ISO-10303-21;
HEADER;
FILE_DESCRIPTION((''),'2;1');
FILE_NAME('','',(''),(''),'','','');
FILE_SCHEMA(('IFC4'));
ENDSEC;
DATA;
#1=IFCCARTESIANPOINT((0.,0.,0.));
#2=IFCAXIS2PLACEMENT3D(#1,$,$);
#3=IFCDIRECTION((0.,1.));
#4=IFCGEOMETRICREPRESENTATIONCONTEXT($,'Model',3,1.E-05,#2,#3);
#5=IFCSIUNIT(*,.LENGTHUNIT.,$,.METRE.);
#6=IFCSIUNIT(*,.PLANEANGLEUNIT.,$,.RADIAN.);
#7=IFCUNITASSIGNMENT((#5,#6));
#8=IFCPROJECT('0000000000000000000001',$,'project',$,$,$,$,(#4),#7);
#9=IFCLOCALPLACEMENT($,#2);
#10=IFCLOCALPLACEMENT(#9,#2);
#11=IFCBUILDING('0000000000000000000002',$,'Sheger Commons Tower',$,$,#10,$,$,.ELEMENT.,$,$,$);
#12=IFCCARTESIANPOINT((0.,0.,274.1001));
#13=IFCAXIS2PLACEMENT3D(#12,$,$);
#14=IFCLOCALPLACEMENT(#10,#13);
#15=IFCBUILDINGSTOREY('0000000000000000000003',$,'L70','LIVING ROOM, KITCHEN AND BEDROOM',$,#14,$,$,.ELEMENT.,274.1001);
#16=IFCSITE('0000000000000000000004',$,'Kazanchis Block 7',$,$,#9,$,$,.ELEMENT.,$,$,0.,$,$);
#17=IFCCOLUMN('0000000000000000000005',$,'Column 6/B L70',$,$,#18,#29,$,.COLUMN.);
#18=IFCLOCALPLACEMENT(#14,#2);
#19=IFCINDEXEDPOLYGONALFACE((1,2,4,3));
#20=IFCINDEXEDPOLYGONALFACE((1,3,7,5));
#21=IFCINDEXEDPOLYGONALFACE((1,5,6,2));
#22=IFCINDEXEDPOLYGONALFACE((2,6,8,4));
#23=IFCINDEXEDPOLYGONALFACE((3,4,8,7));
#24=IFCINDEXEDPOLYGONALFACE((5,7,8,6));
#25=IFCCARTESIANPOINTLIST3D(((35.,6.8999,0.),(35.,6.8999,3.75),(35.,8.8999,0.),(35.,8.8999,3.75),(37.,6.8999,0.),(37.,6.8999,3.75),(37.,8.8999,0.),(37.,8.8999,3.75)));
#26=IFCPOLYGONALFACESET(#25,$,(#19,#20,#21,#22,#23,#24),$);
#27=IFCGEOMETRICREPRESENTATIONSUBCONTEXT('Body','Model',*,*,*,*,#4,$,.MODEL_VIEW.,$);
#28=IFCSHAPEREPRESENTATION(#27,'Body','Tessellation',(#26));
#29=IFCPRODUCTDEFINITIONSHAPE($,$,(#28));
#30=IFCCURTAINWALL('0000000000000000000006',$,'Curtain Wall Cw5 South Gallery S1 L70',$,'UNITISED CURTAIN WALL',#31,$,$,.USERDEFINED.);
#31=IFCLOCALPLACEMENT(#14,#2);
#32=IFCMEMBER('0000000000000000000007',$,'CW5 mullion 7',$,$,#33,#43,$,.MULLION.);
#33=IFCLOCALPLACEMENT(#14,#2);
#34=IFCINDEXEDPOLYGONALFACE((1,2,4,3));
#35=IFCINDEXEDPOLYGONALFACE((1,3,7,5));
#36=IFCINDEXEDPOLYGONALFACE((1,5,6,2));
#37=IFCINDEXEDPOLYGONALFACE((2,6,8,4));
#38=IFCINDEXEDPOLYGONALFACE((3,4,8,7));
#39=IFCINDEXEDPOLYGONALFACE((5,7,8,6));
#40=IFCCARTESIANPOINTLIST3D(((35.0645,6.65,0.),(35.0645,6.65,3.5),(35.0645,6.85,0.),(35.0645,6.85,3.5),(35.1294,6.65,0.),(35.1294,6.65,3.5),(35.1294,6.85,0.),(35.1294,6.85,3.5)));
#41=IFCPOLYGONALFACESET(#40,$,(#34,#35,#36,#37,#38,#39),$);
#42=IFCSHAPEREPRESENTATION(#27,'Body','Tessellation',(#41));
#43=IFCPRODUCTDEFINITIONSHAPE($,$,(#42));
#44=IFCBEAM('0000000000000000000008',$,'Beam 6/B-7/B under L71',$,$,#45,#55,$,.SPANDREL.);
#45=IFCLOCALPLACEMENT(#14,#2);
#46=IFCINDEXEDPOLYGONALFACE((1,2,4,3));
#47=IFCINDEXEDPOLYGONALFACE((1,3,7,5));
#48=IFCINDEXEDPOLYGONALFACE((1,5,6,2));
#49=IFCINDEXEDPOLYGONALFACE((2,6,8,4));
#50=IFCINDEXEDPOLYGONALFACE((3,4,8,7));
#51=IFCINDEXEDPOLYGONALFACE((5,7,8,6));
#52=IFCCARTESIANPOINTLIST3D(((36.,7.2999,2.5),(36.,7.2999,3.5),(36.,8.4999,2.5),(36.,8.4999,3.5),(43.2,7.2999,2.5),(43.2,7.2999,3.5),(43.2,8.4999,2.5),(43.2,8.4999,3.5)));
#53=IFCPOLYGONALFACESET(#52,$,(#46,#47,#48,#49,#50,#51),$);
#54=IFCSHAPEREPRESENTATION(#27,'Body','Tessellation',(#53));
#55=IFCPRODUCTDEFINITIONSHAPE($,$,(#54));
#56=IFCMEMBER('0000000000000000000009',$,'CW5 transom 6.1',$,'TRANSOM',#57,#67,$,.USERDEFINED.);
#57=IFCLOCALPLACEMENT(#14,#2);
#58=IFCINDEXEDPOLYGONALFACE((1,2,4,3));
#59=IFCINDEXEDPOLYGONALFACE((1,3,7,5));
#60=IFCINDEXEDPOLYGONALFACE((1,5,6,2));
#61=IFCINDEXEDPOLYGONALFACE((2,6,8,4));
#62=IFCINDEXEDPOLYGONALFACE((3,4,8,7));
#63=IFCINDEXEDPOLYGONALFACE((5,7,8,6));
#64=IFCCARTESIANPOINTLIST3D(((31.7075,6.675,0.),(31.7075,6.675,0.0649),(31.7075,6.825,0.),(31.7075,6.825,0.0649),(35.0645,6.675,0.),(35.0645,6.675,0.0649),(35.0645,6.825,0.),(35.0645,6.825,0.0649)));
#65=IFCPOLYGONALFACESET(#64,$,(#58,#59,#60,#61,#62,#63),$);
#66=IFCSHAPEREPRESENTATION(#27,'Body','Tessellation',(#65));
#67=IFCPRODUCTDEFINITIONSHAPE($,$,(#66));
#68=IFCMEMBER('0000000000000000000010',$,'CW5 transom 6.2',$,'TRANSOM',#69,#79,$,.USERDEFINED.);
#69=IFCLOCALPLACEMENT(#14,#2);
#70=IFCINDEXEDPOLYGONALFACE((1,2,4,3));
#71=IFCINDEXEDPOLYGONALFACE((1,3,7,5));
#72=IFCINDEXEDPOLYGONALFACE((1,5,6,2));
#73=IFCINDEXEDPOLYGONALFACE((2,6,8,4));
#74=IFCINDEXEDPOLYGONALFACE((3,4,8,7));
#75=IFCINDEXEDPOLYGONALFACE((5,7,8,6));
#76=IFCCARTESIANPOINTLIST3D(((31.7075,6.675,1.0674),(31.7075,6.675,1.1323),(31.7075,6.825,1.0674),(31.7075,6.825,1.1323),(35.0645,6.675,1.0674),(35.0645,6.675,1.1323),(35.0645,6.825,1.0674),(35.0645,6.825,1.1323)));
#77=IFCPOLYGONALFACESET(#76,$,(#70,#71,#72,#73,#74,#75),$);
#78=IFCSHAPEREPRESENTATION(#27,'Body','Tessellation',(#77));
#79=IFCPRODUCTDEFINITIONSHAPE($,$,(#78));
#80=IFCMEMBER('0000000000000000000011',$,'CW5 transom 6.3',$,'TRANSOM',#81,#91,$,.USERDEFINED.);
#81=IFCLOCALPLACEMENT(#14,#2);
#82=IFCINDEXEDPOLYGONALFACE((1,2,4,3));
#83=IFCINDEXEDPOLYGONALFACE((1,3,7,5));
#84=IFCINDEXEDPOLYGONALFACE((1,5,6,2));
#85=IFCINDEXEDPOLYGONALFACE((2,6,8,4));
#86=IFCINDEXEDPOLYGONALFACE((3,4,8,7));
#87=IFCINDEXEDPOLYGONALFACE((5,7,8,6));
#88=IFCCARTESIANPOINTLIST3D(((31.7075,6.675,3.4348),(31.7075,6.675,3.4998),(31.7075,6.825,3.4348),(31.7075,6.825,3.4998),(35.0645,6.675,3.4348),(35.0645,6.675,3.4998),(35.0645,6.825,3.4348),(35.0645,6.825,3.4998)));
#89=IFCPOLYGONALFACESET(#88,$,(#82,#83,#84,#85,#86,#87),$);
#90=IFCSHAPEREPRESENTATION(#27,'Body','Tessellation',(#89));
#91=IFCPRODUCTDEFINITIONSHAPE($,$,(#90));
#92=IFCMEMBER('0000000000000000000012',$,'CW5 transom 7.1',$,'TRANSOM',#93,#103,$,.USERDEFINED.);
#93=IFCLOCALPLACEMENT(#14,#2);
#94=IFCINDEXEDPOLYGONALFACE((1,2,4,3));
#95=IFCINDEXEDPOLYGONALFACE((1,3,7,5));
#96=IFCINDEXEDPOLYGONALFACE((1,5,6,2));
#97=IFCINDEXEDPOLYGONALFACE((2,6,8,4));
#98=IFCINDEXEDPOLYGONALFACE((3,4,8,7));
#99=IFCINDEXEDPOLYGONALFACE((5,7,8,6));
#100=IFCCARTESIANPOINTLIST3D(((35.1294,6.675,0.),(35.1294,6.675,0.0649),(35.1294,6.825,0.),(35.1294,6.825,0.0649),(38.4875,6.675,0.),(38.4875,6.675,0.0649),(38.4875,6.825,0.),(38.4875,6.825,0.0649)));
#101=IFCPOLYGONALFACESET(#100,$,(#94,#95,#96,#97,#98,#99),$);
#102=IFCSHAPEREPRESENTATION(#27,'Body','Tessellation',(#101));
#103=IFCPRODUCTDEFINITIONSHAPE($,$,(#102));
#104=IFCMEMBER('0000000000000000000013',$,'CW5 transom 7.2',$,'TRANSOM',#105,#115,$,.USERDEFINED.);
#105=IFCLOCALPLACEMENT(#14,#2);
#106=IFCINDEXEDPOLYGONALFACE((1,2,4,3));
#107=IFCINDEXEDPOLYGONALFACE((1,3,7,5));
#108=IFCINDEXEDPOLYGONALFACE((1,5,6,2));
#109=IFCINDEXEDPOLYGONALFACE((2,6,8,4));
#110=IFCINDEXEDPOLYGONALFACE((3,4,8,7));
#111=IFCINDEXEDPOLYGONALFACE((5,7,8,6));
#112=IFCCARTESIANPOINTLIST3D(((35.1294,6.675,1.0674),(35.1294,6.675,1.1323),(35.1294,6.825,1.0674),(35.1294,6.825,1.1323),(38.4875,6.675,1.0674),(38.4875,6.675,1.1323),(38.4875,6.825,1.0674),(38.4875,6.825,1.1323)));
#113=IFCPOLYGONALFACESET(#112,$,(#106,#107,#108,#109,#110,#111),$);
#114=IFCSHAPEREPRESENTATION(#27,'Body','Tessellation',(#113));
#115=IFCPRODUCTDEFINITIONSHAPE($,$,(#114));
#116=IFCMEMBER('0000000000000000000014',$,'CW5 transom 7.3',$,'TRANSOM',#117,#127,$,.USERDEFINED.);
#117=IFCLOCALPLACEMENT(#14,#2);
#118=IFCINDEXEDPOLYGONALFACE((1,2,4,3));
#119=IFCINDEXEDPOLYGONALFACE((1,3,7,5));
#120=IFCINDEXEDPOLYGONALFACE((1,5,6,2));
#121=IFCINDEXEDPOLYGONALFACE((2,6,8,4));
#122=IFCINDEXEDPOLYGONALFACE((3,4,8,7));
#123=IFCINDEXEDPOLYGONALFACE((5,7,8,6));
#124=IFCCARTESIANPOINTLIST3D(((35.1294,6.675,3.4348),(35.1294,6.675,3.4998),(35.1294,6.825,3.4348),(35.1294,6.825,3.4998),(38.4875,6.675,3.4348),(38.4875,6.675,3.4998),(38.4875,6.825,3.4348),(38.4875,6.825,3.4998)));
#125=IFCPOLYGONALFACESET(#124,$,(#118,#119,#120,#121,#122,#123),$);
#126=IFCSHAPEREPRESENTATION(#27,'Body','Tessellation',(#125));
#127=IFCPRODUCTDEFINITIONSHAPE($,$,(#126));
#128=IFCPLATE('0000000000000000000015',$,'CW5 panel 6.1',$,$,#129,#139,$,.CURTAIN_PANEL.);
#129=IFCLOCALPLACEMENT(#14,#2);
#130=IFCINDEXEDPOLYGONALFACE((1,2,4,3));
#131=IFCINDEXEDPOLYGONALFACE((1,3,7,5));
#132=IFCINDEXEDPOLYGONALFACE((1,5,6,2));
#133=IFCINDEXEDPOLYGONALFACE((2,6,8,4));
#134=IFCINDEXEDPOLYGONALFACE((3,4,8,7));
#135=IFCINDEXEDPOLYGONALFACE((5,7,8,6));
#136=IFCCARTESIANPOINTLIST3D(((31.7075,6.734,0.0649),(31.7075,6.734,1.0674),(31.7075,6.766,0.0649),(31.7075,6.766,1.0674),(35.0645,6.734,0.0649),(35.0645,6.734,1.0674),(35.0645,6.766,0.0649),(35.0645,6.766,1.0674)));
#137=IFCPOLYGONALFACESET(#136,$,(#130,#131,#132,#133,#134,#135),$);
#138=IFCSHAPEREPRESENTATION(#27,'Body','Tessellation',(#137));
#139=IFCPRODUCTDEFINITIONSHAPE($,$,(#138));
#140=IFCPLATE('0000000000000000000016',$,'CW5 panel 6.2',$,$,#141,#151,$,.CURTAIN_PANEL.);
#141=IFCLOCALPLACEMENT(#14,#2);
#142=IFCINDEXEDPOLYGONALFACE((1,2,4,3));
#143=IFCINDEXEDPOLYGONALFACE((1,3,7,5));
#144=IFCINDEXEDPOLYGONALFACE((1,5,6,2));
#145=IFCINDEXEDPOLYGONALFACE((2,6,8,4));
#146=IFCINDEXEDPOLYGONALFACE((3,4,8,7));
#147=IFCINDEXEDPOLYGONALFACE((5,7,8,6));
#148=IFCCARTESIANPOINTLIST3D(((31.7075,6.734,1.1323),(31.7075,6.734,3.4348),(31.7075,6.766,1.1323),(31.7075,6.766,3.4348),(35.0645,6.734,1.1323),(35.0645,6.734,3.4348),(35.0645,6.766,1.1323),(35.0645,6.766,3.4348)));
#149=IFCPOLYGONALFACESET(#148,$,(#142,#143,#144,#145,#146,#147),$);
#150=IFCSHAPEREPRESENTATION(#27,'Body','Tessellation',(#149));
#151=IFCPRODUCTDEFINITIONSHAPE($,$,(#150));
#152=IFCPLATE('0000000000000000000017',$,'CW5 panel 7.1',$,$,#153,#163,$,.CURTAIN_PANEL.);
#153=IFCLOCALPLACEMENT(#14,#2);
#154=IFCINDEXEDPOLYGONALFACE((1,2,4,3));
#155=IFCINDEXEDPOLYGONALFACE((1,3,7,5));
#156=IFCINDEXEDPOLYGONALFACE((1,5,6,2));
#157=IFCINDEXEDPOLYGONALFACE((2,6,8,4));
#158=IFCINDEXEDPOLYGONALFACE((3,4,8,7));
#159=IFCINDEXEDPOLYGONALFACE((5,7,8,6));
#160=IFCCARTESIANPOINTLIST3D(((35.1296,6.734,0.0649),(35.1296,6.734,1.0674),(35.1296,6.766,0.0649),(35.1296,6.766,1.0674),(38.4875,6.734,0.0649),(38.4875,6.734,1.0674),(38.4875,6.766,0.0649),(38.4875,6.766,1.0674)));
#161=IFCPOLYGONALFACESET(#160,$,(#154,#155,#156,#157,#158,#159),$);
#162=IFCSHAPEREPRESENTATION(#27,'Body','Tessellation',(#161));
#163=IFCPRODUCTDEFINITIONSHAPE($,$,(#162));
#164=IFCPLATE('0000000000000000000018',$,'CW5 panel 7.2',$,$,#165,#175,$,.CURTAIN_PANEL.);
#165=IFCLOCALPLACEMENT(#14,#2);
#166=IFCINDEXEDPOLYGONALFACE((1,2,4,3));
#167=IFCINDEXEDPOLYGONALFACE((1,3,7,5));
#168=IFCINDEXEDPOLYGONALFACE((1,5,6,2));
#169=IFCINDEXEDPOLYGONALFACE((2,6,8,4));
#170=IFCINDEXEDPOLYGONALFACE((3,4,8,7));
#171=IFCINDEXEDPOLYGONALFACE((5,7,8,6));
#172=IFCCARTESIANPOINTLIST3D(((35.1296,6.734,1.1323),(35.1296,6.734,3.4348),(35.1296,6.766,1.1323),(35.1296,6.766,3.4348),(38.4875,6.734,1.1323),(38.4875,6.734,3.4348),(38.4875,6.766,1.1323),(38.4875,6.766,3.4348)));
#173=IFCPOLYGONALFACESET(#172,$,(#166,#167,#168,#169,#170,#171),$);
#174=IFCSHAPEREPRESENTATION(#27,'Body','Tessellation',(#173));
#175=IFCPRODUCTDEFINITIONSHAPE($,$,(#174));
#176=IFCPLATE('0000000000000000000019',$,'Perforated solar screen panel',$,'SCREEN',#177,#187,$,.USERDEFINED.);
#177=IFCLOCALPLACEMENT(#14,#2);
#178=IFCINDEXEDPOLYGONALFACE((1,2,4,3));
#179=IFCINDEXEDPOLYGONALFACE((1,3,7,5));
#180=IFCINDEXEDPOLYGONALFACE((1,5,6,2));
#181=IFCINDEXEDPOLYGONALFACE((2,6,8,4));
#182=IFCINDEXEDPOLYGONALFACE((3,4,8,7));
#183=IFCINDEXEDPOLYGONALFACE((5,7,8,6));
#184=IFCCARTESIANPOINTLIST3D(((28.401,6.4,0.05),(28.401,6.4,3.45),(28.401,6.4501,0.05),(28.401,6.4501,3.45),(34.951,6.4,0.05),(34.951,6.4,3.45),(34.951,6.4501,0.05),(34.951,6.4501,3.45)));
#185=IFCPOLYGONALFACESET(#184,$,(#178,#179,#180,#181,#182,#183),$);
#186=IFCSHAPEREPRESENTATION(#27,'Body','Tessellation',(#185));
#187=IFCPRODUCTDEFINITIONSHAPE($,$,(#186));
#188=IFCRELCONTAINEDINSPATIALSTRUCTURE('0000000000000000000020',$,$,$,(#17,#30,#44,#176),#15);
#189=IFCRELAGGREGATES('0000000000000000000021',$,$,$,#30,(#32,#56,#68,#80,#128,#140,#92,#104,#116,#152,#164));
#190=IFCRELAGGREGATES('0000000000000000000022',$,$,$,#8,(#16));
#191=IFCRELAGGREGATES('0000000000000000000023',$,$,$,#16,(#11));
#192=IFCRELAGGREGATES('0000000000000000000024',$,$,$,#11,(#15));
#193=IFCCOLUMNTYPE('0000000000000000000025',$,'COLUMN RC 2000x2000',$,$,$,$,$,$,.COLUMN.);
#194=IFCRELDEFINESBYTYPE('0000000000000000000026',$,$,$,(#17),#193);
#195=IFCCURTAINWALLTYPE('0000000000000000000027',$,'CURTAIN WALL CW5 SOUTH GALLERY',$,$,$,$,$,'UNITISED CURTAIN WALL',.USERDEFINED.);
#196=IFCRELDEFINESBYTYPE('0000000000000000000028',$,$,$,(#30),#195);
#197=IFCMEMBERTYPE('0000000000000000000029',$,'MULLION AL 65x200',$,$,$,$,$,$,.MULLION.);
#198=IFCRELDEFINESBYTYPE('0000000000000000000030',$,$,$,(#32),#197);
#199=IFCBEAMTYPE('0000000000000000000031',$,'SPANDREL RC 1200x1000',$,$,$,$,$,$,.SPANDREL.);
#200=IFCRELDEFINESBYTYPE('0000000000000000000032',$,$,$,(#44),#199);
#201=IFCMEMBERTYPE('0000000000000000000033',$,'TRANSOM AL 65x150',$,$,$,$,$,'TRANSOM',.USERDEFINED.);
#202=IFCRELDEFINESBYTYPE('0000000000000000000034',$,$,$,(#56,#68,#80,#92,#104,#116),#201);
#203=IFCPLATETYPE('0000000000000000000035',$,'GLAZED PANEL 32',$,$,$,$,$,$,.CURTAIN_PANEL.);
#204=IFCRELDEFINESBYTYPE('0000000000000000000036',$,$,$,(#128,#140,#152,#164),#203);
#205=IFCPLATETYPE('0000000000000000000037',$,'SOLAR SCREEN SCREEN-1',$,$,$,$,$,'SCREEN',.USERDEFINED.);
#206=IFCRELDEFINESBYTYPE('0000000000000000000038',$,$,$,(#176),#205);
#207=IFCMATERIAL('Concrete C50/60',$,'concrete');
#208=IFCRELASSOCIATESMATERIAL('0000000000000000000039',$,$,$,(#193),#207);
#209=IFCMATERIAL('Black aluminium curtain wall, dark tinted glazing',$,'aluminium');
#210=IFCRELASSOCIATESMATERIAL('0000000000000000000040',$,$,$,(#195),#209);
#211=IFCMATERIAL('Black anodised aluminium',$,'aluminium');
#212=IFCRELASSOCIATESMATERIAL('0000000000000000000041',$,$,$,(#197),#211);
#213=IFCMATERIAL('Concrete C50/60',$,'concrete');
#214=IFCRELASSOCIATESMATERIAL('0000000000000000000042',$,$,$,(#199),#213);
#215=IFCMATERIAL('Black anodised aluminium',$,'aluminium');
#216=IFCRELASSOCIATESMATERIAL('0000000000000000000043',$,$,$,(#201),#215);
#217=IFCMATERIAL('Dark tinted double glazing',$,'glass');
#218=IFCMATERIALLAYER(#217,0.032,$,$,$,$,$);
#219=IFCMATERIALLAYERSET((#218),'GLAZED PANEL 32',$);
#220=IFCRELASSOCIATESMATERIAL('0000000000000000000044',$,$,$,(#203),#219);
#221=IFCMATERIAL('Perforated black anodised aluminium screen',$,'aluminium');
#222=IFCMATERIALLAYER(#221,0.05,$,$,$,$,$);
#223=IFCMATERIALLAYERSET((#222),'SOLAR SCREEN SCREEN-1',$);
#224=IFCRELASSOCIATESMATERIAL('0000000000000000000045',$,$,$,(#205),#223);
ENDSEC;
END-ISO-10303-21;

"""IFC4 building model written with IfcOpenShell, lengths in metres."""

from ifc_helpers import new_model, si_unit, direction, frame, origin, origin_2d, place, context, subcontext, project, spatial, rectangle, extrude, material, layer, layer_set, material_profile, profile_set, type_object, element, aggregate, save


model = new_model("IFC4")

# Units and contexts
model_context = context("Model", 3, precision=1e-05, world=origin(), true_north=direction((0.0, 1.0)))
body_context = subcontext(model_context, "Body", "Model", "MODEL_VIEW")
ifc_project = project(units=[si_unit("LENGTHUNIT", "METRE"), si_unit("PLANEANGLEUNIT", "RADIAN")], contexts=[model_context])

# Site, building, storey
site_placement = place(None, origin())
site = spatial("IfcSite", under=ifc_project, at=site_placement, Name="Kazanchis Block 7", CompositionType="ELEMENT", RefElevation=0.0)
building_placement = place(site_placement, origin())
building = spatial("IfcBuilding", under=site, at=building_placement, Name="Sheger Commons Tower", CompositionType="ELEMENT")
storey_placement = place(building_placement, frame((0.0, 0.0, 274.1001)))
storey = spatial("IfcBuildingStorey", under=building, at=storey_placement, Name="L70", Description="LIVING ROOM, KITCHEN AND BEDROOM", CompositionType="ELEMENT", Elevation=274.1001)

# Column
ifc_material_1 = material(Name="Concrete C50/60", Category="concrete")
ifc_material_profile_1 = material_profile(ifc_material_1, rectangle(XDim=2.0, YDim=2.0, at=origin_2d()), Name="RC 2000x2000")
ifc_profile_set_1 = profile_set([ifc_material_profile_1], Name="Concrete C50/60")
column_type = type_object("IfcColumnType", Name="COLUMN RC 2000x2000", PredefinedType="COLUMN", material=ifc_profile_set_1)
column_placement = place(storey_placement, frame((36.0, 7.8999, 0.0), z_axis=(0.0, 0.0, 1.0), x_axis=(1.0, 0.0, 0.0)))
element("IfcColumn", 1, at=column_placement, inside=storey, type_object=column_type, Name="Column 6/B L70", PredefinedType="COLUMN", context=body_context, shape_type="SweptSolid", body=[
    extrude(rectangle(XDim=2.0, YDim=2.0, at=origin_2d()), origin(), (0.0, 0.0, 1.0), 3.75),
])

# Curtain wall, member
ifc_material_2 = material(Name="Black aluminium curtain wall, dark tinted glazing", Category="aluminium")
curtain_wall_type = type_object("IfcCurtainWallType", Name="CURTAIN WALL CW5 SOUTH GALLERY", ElementType="UNITISED CURTAIN WALL", PredefinedType="USERDEFINED", material=ifc_material_2)
curtain_wall_placement = place(storey_placement, origin())
curtain_wall = element("IfcCurtainWall", 2, at=curtain_wall_placement, inside=storey, type_object=curtain_wall_type, Name="Curtain Wall Cw5 South Gallery S1 L70", ObjectType="UNITISED CURTAIN WALL", PredefinedType="USERDEFINED")
ifc_material_3 = material(Name="Black anodised aluminium", Category="aluminium")
ifc_material_profile_2 = material_profile(ifc_material_3, rectangle(XDim=0.2, YDim=0.0649, at=origin_2d()), Name="AL 65x200")
ifc_profile_set_2 = profile_set([ifc_material_profile_2], Name="Black anodised aluminium")
member_type_1 = type_object("IfcMemberType", Name="MULLION AL 65x200", PredefinedType="MULLION", material=ifc_profile_set_2)
member_1_placement = place(storey_placement, frame((35.0969, 6.75, 0.0), z_axis=(0.0, 0.0, 1.0), x_axis=(0.0, 1.0, 0.0)))
member_1 = element("IfcMember", 3, at=member_1_placement, type_object=member_type_1, Name="CW5 mullion 7", PredefinedType="MULLION", context=body_context, shape_type="SweptSolid", body=[
    extrude(rectangle(XDim=0.2, YDim=0.0649, at=origin_2d()), origin(), (0.0, 0.0, 1.0), 3.5),
])

# Beam
ifc_material_4 = material(Name="Concrete C50/60", Category="concrete")
ifc_material_profile_3 = material_profile(ifc_material_4, rectangle(XDim=1.2, YDim=1.0, at=origin_2d()), Name="RC 1200x1000")
ifc_profile_set_3 = profile_set([ifc_material_profile_3], Name="Concrete C50/60")
beam_type = type_object("IfcBeamType", Name="SPANDREL RC 1200x1000", PredefinedType="SPANDREL", material=ifc_profile_set_3)
beam_placement = place(storey_placement, frame((36.0, 7.8999, 3.0), z_axis=(1.0, 0.0, 0.0), x_axis=(0.0, 1.0, 0.0)))
element("IfcBeam", 4, at=beam_placement, inside=storey, type_object=beam_type, Name="Beam 6/B-7/B under L71", PredefinedType="SPANDREL", context=body_context, shape_type="SweptSolid", body=[
    extrude(rectangle(XDim=1.2, YDim=1.0, at=origin_2d()), origin(), (0.0, 0.0, 1.0), 7.2),
])

# Members
ifc_material_5 = material(Name="Black anodised aluminium", Category="aluminium")
ifc_material_profile_4 = material_profile(ifc_material_5, rectangle(XDim=0.1499, YDim=0.0649, at=origin_2d()), Name="AL 65x150")
ifc_profile_set_4 = profile_set([ifc_material_profile_4], Name="Black anodised aluminium")
member_type_2 = type_object("IfcMemberType", Name="TRANSOM AL 65x150", ElementType="TRANSOM", PredefinedType="USERDEFINED", material=ifc_profile_set_4)
member_2_placement = place(storey_placement, frame((31.7075, 6.75, 0.0325), z_axis=(1.0, 0.0, 0.0), x_axis=(0.0, 1.0, 0.0)))
member_2 = element("IfcMember", 5, at=member_2_placement, type_object=member_type_2, Name="CW5 transom 6.1", ObjectType="TRANSOM", PredefinedType="USERDEFINED", context=body_context, shape_type="SweptSolid", body=[
    extrude(rectangle(XDim=0.1499, YDim=0.0649, at=origin_2d()), origin(), (0.0, 0.0, 1.0), 3.3569),
])
member_3_placement = place(storey_placement, frame((31.7075, 6.75, 1.0999), z_axis=(1.0, 0.0, 0.0), x_axis=(0.0, 1.0, 0.0)))
member_3 = element("IfcMember", 6, at=member_3_placement, type_object=member_type_2, Name="CW5 transom 6.2", ObjectType="TRANSOM", PredefinedType="USERDEFINED", context=body_context, shape_type="SweptSolid", body=[
    extrude(rectangle(XDim=0.1499, YDim=0.0649, at=origin_2d()), origin(), (0.0, 0.0, 1.0), 3.3569),
])
member_4_placement = place(storey_placement, frame((31.7075, 6.75, 3.4673), z_axis=(1.0, 0.0, 0.0), x_axis=(0.0, 1.0, 0.0)))
member_4 = element("IfcMember", 7, at=member_4_placement, type_object=member_type_2, Name="CW5 transom 6.3", ObjectType="TRANSOM", PredefinedType="USERDEFINED", context=body_context, shape_type="SweptSolid", body=[
    extrude(rectangle(XDim=0.1499, YDim=0.0649, at=origin_2d()), origin(), (0.0, 0.0, 1.0), 3.3569),
])
member_5_placement = place(storey_placement, frame((35.1294, 6.75, 0.0325), z_axis=(1.0, 0.0, 0.0), x_axis=(0.0, 1.0, 0.0)))
member_5 = element("IfcMember", 8, at=member_5_placement, type_object=member_type_2, Name="CW5 transom 7.1", ObjectType="TRANSOM", PredefinedType="USERDEFINED", context=body_context, shape_type="SweptSolid", body=[
    extrude(rectangle(XDim=0.1499, YDim=0.0649, at=origin_2d()), origin(), (0.0, 0.0, 1.0), 3.3582),
])
member_6_placement = place(storey_placement, frame((35.1294, 6.75, 1.0999), z_axis=(1.0, 0.0, 0.0), x_axis=(0.0, 1.0, 0.0)))
member_6 = element("IfcMember", 9, at=member_6_placement, type_object=member_type_2, Name="CW5 transom 7.2", ObjectType="TRANSOM", PredefinedType="USERDEFINED", context=body_context, shape_type="SweptSolid", body=[
    extrude(rectangle(XDim=0.1499, YDim=0.0649, at=origin_2d()), origin(), (0.0, 0.0, 1.0), 3.3582),
])
member_7_placement = place(storey_placement, frame((35.1294, 6.75, 3.4673), z_axis=(1.0, 0.0, 0.0), x_axis=(0.0, 1.0, 0.0)))
member_7 = element("IfcMember", 10, at=member_7_placement, type_object=member_type_2, Name="CW5 transom 7.3", ObjectType="TRANSOM", PredefinedType="USERDEFINED", context=body_context, shape_type="SweptSolid", body=[
    extrude(rectangle(XDim=0.1499, YDim=0.0649, at=origin_2d()), origin(), (0.0, 0.0, 1.0), 3.3582),
])

# Plates
ifc_material_6 = material(Name="Dark tinted double glazing", Category="glass")
ifc_layer_1 = layer(ifc_material_6, 0.032)
ifc_layer_set_1 = layer_set([ifc_layer_1], Name="GLAZED PANEL 32")
plate_type_1 = type_object("IfcPlateType", Name="GLAZED PANEL 32", PredefinedType="CURTAIN_PANEL", material=ifc_layer_set_1)
plate_1_placement = place(storey_placement, frame((33.386, 6.75, 0.0649), z_axis=(0.0, 0.0, 1.0), x_axis=(1.0, 0.0, 0.0)))
plate_1 = element("IfcPlate", 11, at=plate_1_placement, type_object=plate_type_1, Name="CW5 panel 6.1", PredefinedType="CURTAIN_PANEL", context=body_context, shape_type="SweptSolid", body=[
    extrude(rectangle(XDim=3.3569, YDim=0.032, at=origin_2d()), origin(), (0.0, 0.0, 1.0), 1.0024),
])
plate_2_placement = place(storey_placement, frame((33.386, 6.75, 1.1323), z_axis=(0.0, 0.0, 1.0), x_axis=(1.0, 0.0, 0.0)))
plate_2 = element("IfcPlate", 12, at=plate_2_placement, type_object=plate_type_1, Name="CW5 panel 6.2", PredefinedType="CURTAIN_PANEL", context=body_context, shape_type="SweptSolid", body=[
    extrude(rectangle(XDim=3.3569, YDim=0.032, at=origin_2d()), origin(), (0.0, 0.0, 1.0), 2.3025),
])
plate_3_placement = place(storey_placement, frame((36.8086, 6.75, 0.0649), z_axis=(0.0, 0.0, 1.0), x_axis=(1.0, 0.0, 0.0)))
plate_3 = element("IfcPlate", 13, at=plate_3_placement, type_object=plate_type_1, Name="CW5 panel 7.1", PredefinedType="CURTAIN_PANEL", context=body_context, shape_type="SweptSolid", body=[
    extrude(rectangle(XDim=3.3579, YDim=0.032, at=origin_2d()), origin(), (0.0, 0.0, 1.0), 1.0024),
])
plate_4_placement = place(storey_placement, frame((36.8086, 6.75, 1.1323), z_axis=(0.0, 0.0, 1.0), x_axis=(1.0, 0.0, 0.0)))
plate_4 = element("IfcPlate", 14, at=plate_4_placement, type_object=plate_type_1, Name="CW5 panel 7.2", PredefinedType="CURTAIN_PANEL", context=body_context, shape_type="SweptSolid", body=[
    extrude(rectangle(XDim=3.3579, YDim=0.032, at=origin_2d()), origin(), (0.0, 0.0, 1.0), 2.3025),
])
aggregate(curtain_wall, [member_1, member_2, member_3, member_4, plate_1, plate_2, member_5, member_6, member_7, plate_3, plate_4])
ifc_material_7 = material(Name="Perforated black anodised aluminium screen", Category="aluminium")
ifc_layer_2 = layer(ifc_material_7, 0.05)
ifc_layer_set_2 = layer_set([ifc_layer_2], Name="SOLAR SCREEN SCREEN-1")
plate_type_2 = type_object("IfcPlateType", Name="SOLAR SCREEN SCREEN-1", ElementType="SCREEN", PredefinedType="USERDEFINED", material=ifc_layer_set_2)
plate_5_placement = place(storey_placement, frame((31.676, 6.425, 0.05), z_axis=(0.0, 0.0, 1.0), x_axis=(1.0, 0.0, 0.0)))
element("IfcPlate", 15, at=plate_5_placement, inside=storey, type_object=plate_type_2, Name="Perforated solar screen panel", ObjectType="SCREEN", PredefinedType="USERDEFINED", context=body_context, shape_type="SweptSolid", body=[
    extrude(rectangle(XDim=6.55, YDim=0.05, at=origin_2d()), origin(), (0.0, 0.0, 1.0), 3.3999),
])

save(model, "model.ifc")
